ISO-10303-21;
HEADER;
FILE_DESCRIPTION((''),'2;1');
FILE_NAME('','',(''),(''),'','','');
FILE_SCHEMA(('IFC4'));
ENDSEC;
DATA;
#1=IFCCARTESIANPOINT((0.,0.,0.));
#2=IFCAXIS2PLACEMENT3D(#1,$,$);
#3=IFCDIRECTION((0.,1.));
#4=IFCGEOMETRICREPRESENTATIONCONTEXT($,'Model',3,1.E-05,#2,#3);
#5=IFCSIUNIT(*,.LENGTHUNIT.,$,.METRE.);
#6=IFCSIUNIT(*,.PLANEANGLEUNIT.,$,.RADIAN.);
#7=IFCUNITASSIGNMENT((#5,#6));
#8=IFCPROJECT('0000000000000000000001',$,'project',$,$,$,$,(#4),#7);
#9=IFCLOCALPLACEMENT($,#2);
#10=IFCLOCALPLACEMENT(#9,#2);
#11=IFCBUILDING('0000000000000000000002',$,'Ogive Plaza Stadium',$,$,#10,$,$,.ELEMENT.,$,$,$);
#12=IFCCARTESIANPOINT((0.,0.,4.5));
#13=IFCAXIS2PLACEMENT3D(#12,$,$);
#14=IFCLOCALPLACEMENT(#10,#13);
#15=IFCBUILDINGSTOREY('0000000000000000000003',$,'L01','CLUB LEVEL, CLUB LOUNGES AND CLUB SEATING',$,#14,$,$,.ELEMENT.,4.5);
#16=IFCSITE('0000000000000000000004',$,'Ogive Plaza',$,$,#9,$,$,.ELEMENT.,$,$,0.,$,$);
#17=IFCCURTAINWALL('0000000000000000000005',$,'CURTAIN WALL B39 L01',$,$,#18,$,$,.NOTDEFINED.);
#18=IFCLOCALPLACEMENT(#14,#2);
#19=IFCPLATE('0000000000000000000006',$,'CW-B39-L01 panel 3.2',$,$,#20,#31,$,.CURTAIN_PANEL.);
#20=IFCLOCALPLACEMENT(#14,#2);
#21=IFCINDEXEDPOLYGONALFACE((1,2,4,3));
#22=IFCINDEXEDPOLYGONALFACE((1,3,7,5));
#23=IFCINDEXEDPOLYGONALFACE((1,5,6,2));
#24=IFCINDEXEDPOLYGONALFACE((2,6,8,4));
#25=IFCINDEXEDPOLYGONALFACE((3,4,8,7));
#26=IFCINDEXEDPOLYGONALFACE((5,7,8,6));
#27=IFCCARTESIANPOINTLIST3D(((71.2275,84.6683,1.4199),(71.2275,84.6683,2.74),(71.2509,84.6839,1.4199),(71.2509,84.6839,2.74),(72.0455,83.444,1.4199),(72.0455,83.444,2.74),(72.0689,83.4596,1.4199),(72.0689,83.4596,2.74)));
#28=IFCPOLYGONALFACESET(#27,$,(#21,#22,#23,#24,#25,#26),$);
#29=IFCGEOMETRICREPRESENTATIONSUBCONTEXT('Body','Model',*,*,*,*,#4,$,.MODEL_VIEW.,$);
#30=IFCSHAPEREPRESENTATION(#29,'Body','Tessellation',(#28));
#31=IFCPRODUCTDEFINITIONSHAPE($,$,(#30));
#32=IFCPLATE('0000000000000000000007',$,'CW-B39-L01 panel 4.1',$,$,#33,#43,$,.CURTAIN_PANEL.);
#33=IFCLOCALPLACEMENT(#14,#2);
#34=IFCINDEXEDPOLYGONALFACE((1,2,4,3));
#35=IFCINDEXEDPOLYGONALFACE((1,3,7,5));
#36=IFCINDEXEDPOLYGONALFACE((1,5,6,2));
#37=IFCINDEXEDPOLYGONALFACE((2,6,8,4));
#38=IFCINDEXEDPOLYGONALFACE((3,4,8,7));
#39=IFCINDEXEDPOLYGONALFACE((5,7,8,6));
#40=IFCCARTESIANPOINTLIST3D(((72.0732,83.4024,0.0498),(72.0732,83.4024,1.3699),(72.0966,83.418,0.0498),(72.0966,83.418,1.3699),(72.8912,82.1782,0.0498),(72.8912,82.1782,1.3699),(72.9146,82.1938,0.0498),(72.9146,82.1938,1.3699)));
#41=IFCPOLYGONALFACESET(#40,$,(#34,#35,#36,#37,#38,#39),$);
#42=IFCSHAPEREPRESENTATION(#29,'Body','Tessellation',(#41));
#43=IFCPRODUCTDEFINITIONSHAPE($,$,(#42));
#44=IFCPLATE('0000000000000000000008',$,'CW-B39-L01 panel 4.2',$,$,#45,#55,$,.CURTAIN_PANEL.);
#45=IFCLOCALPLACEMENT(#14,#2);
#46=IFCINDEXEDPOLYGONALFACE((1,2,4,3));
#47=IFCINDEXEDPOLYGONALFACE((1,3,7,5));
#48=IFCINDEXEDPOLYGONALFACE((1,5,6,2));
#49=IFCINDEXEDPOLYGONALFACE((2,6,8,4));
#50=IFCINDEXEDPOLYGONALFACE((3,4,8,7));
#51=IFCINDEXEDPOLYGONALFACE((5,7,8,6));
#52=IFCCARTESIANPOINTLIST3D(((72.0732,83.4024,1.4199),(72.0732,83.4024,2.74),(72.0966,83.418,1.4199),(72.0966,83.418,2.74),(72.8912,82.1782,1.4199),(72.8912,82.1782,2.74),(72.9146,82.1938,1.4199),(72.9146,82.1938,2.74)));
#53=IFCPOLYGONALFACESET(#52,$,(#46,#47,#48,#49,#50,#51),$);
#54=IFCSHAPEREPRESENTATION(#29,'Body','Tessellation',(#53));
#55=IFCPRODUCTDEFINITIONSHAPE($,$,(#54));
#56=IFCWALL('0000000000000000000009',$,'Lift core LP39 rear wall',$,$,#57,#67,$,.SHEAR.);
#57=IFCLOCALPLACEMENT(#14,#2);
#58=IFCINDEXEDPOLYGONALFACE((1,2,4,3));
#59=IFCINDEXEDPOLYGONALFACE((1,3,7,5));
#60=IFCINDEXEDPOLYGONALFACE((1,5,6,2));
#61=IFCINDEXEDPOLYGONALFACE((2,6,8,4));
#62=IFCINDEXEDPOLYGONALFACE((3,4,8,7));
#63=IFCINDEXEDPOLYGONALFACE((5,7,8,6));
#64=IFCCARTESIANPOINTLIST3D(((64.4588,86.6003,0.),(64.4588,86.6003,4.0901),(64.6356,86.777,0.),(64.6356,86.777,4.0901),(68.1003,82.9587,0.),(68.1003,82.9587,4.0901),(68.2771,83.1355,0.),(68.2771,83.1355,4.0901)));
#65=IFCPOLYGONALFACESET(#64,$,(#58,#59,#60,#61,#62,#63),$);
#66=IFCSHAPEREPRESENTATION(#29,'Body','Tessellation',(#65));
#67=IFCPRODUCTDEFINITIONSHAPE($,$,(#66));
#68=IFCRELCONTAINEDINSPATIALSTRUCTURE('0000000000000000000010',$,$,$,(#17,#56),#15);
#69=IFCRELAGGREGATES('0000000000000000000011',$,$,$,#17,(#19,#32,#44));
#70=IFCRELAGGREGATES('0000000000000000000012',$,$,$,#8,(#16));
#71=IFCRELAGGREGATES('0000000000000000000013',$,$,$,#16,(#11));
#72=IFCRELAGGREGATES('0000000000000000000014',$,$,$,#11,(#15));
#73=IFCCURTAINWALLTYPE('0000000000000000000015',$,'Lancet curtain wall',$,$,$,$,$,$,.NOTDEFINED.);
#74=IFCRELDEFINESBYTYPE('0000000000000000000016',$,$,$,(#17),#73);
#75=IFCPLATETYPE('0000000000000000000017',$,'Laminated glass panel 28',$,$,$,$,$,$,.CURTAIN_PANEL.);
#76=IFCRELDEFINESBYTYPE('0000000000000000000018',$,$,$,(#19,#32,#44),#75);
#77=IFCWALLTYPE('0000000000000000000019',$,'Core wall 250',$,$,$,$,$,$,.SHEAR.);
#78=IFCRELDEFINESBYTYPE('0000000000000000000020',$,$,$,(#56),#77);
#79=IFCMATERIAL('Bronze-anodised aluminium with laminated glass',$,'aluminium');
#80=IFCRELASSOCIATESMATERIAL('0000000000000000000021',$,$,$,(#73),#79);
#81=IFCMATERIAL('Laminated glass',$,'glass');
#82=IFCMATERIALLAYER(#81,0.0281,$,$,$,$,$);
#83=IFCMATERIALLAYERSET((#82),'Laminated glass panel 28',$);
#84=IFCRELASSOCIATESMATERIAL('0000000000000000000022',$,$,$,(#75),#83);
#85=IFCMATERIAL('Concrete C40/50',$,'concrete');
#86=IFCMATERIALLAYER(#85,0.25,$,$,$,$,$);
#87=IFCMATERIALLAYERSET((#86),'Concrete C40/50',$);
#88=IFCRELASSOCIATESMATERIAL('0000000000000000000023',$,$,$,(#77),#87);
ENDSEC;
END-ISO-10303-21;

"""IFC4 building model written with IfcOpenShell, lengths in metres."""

from ifc_helpers import new_model, si_unit, direction, frame, frame_2d, origin, origin_2d, place, context, subcontext, project, spatial, rectangle, extrude, material, layer, layer_set, type_object, element, aggregate, save


model = new_model("IFC4")

# Units and contexts
model_context = context("Model", 3, precision=1e-05, world=origin(), true_north=direction((0.0, 1.0)))
body_context = subcontext(model_context, "Body", "Model", "MODEL_VIEW")
ifc_project = project(units=[si_unit("LENGTHUNIT", "METRE"), si_unit("PLANEANGLEUNIT", "RADIAN")], contexts=[model_context])

# Site, building, storey
site_placement = place(None, origin())
site = spatial("IfcSite", under=ifc_project, at=site_placement, Name="Ogive Plaza", CompositionType="ELEMENT", RefElevation=0.0)
building_placement = place(site_placement, origin())
building = spatial("IfcBuilding", under=site, at=building_placement, Name="Ogive Plaza Stadium", CompositionType="ELEMENT")
storey_placement = place(building_placement, frame((0.0, 0.0, 4.5)))
storey = spatial("IfcBuildingStorey", under=building, at=storey_placement, Name="L01", Description="CLUB LEVEL, CLUB LOUNGES AND CLUB SEATING", CompositionType="ELEMENT", Elevation=4.5)

# Shared definitions
ifc_material_1 = material(Name="Bronze-anodised aluminium with laminated glass", Category="aluminium")
curtain_wall_type = type_object("IfcCurtainWallType", Name="Lancet curtain wall", PredefinedType="NOTDEFINED", material=ifc_material_1)

# Curtain wall
curtain_wall_1_placement = place(storey_placement, origin())
curtain_wall_1 = element("IfcCurtainWall", 1, at=curtain_wall_1_placement, inside=storey, type_object=curtain_wall_type, Name="CURTAIN WALL B39 L01", PredefinedType="NOTDEFINED")

# Plates
ifc_material_2 = material(Name="Laminated glass", Category="glass")
ifc_layer_1 = layer(ifc_material_2, 0.0281)
ifc_layer_set_1 = layer_set([ifc_layer_1], Name="Laminated glass panel 28")
plate_type = type_object("IfcPlateType", Name="Laminated glass panel 28", PredefinedType="CURTAIN_PANEL", material=ifc_layer_set_1)
plate_1_placement = place(storey_placement, frame((71.6482, 84.064, 1.4199), z_axis=(0.0, 0.0, 1.0), x_axis=(0.55557, -0.83147, 0.0)))
plate_1 = element("IfcPlate", 2, at=plate_1_placement, type_object=plate_type, Name="CW-B39-L01 panel 3.2", PredefinedType="CURTAIN_PANEL", context=body_context, shape_type="SweptSolid", body=[
    extrude(rectangle(XDim=1.4724, YDim=0.0281, at=origin_2d()), origin(), (0.0, 0.0, 1.0), 1.3201),
])
plate_2_placement = place(storey_placement, frame((72.4939, 82.7981, 0.0498), z_axis=(0.0, 0.0, 1.0), x_axis=(0.55557, -0.83147, 0.0)))
plate_2 = element("IfcPlate", 3, at=plate_2_placement, type_object=plate_type, Name="CW-B39-L01 panel 4.1", PredefinedType="CURTAIN_PANEL", context=body_context, shape_type="SweptSolid", body=[
    extrude(rectangle(XDim=1.4724, YDim=0.0281, at=origin_2d()), origin(), (0.0, 0.0, 1.0), 1.3201),
])
plate_3_placement = place(storey_placement, frame((72.4939, 82.7981, 1.4199), z_axis=(0.0, 0.0, 1.0), x_axis=(0.55557, -0.83147, 0.0)))
plate_3 = element("IfcPlate", 4, at=plate_3_placement, type_object=plate_type, Name="CW-B39-L01 panel 4.2", PredefinedType="CURTAIN_PANEL", context=body_context, shape_type="SweptSolid", body=[
    extrude(rectangle(XDim=1.4724, YDim=0.0281, at=origin_2d()), origin(), (0.0, 0.0, 1.0), 1.3201),
])
aggregate(curtain_wall_1, [plate_1, plate_2, plate_3])

# Wall
ifc_material_3 = material(Name="Concrete C40/50", Category="concrete")
ifc_layer_2 = layer(ifc_material_3, 0.25)
ifc_layer_set_2 = layer_set([ifc_layer_2], Name="Concrete C40/50")
wall_type = type_object("IfcWallType", Name="Core wall 250", PredefinedType="SHEAR", material=ifc_layer_set_2)
wall_placement = place(storey_placement, frame((68.1887, 83.0471, 0.0), z_axis=(0.0, 0.0, 1.0), x_axis=(-0.707107, 0.707107, 0.0)))
element("IfcWall", 5, at=wall_placement, inside=storey, type_object=wall_type, Name="Lift core LP39 rear wall", PredefinedType="SHEAR", context=body_context, shape_type="SweptSolid", body=[
    extrude(rectangle(XDim=5.1499, YDim=0.25, at=frame_2d((2.575, 0.0))), origin(), (0.0, 0.0, 1.0), 4.0901),
])

save(model, "model.ifc")
